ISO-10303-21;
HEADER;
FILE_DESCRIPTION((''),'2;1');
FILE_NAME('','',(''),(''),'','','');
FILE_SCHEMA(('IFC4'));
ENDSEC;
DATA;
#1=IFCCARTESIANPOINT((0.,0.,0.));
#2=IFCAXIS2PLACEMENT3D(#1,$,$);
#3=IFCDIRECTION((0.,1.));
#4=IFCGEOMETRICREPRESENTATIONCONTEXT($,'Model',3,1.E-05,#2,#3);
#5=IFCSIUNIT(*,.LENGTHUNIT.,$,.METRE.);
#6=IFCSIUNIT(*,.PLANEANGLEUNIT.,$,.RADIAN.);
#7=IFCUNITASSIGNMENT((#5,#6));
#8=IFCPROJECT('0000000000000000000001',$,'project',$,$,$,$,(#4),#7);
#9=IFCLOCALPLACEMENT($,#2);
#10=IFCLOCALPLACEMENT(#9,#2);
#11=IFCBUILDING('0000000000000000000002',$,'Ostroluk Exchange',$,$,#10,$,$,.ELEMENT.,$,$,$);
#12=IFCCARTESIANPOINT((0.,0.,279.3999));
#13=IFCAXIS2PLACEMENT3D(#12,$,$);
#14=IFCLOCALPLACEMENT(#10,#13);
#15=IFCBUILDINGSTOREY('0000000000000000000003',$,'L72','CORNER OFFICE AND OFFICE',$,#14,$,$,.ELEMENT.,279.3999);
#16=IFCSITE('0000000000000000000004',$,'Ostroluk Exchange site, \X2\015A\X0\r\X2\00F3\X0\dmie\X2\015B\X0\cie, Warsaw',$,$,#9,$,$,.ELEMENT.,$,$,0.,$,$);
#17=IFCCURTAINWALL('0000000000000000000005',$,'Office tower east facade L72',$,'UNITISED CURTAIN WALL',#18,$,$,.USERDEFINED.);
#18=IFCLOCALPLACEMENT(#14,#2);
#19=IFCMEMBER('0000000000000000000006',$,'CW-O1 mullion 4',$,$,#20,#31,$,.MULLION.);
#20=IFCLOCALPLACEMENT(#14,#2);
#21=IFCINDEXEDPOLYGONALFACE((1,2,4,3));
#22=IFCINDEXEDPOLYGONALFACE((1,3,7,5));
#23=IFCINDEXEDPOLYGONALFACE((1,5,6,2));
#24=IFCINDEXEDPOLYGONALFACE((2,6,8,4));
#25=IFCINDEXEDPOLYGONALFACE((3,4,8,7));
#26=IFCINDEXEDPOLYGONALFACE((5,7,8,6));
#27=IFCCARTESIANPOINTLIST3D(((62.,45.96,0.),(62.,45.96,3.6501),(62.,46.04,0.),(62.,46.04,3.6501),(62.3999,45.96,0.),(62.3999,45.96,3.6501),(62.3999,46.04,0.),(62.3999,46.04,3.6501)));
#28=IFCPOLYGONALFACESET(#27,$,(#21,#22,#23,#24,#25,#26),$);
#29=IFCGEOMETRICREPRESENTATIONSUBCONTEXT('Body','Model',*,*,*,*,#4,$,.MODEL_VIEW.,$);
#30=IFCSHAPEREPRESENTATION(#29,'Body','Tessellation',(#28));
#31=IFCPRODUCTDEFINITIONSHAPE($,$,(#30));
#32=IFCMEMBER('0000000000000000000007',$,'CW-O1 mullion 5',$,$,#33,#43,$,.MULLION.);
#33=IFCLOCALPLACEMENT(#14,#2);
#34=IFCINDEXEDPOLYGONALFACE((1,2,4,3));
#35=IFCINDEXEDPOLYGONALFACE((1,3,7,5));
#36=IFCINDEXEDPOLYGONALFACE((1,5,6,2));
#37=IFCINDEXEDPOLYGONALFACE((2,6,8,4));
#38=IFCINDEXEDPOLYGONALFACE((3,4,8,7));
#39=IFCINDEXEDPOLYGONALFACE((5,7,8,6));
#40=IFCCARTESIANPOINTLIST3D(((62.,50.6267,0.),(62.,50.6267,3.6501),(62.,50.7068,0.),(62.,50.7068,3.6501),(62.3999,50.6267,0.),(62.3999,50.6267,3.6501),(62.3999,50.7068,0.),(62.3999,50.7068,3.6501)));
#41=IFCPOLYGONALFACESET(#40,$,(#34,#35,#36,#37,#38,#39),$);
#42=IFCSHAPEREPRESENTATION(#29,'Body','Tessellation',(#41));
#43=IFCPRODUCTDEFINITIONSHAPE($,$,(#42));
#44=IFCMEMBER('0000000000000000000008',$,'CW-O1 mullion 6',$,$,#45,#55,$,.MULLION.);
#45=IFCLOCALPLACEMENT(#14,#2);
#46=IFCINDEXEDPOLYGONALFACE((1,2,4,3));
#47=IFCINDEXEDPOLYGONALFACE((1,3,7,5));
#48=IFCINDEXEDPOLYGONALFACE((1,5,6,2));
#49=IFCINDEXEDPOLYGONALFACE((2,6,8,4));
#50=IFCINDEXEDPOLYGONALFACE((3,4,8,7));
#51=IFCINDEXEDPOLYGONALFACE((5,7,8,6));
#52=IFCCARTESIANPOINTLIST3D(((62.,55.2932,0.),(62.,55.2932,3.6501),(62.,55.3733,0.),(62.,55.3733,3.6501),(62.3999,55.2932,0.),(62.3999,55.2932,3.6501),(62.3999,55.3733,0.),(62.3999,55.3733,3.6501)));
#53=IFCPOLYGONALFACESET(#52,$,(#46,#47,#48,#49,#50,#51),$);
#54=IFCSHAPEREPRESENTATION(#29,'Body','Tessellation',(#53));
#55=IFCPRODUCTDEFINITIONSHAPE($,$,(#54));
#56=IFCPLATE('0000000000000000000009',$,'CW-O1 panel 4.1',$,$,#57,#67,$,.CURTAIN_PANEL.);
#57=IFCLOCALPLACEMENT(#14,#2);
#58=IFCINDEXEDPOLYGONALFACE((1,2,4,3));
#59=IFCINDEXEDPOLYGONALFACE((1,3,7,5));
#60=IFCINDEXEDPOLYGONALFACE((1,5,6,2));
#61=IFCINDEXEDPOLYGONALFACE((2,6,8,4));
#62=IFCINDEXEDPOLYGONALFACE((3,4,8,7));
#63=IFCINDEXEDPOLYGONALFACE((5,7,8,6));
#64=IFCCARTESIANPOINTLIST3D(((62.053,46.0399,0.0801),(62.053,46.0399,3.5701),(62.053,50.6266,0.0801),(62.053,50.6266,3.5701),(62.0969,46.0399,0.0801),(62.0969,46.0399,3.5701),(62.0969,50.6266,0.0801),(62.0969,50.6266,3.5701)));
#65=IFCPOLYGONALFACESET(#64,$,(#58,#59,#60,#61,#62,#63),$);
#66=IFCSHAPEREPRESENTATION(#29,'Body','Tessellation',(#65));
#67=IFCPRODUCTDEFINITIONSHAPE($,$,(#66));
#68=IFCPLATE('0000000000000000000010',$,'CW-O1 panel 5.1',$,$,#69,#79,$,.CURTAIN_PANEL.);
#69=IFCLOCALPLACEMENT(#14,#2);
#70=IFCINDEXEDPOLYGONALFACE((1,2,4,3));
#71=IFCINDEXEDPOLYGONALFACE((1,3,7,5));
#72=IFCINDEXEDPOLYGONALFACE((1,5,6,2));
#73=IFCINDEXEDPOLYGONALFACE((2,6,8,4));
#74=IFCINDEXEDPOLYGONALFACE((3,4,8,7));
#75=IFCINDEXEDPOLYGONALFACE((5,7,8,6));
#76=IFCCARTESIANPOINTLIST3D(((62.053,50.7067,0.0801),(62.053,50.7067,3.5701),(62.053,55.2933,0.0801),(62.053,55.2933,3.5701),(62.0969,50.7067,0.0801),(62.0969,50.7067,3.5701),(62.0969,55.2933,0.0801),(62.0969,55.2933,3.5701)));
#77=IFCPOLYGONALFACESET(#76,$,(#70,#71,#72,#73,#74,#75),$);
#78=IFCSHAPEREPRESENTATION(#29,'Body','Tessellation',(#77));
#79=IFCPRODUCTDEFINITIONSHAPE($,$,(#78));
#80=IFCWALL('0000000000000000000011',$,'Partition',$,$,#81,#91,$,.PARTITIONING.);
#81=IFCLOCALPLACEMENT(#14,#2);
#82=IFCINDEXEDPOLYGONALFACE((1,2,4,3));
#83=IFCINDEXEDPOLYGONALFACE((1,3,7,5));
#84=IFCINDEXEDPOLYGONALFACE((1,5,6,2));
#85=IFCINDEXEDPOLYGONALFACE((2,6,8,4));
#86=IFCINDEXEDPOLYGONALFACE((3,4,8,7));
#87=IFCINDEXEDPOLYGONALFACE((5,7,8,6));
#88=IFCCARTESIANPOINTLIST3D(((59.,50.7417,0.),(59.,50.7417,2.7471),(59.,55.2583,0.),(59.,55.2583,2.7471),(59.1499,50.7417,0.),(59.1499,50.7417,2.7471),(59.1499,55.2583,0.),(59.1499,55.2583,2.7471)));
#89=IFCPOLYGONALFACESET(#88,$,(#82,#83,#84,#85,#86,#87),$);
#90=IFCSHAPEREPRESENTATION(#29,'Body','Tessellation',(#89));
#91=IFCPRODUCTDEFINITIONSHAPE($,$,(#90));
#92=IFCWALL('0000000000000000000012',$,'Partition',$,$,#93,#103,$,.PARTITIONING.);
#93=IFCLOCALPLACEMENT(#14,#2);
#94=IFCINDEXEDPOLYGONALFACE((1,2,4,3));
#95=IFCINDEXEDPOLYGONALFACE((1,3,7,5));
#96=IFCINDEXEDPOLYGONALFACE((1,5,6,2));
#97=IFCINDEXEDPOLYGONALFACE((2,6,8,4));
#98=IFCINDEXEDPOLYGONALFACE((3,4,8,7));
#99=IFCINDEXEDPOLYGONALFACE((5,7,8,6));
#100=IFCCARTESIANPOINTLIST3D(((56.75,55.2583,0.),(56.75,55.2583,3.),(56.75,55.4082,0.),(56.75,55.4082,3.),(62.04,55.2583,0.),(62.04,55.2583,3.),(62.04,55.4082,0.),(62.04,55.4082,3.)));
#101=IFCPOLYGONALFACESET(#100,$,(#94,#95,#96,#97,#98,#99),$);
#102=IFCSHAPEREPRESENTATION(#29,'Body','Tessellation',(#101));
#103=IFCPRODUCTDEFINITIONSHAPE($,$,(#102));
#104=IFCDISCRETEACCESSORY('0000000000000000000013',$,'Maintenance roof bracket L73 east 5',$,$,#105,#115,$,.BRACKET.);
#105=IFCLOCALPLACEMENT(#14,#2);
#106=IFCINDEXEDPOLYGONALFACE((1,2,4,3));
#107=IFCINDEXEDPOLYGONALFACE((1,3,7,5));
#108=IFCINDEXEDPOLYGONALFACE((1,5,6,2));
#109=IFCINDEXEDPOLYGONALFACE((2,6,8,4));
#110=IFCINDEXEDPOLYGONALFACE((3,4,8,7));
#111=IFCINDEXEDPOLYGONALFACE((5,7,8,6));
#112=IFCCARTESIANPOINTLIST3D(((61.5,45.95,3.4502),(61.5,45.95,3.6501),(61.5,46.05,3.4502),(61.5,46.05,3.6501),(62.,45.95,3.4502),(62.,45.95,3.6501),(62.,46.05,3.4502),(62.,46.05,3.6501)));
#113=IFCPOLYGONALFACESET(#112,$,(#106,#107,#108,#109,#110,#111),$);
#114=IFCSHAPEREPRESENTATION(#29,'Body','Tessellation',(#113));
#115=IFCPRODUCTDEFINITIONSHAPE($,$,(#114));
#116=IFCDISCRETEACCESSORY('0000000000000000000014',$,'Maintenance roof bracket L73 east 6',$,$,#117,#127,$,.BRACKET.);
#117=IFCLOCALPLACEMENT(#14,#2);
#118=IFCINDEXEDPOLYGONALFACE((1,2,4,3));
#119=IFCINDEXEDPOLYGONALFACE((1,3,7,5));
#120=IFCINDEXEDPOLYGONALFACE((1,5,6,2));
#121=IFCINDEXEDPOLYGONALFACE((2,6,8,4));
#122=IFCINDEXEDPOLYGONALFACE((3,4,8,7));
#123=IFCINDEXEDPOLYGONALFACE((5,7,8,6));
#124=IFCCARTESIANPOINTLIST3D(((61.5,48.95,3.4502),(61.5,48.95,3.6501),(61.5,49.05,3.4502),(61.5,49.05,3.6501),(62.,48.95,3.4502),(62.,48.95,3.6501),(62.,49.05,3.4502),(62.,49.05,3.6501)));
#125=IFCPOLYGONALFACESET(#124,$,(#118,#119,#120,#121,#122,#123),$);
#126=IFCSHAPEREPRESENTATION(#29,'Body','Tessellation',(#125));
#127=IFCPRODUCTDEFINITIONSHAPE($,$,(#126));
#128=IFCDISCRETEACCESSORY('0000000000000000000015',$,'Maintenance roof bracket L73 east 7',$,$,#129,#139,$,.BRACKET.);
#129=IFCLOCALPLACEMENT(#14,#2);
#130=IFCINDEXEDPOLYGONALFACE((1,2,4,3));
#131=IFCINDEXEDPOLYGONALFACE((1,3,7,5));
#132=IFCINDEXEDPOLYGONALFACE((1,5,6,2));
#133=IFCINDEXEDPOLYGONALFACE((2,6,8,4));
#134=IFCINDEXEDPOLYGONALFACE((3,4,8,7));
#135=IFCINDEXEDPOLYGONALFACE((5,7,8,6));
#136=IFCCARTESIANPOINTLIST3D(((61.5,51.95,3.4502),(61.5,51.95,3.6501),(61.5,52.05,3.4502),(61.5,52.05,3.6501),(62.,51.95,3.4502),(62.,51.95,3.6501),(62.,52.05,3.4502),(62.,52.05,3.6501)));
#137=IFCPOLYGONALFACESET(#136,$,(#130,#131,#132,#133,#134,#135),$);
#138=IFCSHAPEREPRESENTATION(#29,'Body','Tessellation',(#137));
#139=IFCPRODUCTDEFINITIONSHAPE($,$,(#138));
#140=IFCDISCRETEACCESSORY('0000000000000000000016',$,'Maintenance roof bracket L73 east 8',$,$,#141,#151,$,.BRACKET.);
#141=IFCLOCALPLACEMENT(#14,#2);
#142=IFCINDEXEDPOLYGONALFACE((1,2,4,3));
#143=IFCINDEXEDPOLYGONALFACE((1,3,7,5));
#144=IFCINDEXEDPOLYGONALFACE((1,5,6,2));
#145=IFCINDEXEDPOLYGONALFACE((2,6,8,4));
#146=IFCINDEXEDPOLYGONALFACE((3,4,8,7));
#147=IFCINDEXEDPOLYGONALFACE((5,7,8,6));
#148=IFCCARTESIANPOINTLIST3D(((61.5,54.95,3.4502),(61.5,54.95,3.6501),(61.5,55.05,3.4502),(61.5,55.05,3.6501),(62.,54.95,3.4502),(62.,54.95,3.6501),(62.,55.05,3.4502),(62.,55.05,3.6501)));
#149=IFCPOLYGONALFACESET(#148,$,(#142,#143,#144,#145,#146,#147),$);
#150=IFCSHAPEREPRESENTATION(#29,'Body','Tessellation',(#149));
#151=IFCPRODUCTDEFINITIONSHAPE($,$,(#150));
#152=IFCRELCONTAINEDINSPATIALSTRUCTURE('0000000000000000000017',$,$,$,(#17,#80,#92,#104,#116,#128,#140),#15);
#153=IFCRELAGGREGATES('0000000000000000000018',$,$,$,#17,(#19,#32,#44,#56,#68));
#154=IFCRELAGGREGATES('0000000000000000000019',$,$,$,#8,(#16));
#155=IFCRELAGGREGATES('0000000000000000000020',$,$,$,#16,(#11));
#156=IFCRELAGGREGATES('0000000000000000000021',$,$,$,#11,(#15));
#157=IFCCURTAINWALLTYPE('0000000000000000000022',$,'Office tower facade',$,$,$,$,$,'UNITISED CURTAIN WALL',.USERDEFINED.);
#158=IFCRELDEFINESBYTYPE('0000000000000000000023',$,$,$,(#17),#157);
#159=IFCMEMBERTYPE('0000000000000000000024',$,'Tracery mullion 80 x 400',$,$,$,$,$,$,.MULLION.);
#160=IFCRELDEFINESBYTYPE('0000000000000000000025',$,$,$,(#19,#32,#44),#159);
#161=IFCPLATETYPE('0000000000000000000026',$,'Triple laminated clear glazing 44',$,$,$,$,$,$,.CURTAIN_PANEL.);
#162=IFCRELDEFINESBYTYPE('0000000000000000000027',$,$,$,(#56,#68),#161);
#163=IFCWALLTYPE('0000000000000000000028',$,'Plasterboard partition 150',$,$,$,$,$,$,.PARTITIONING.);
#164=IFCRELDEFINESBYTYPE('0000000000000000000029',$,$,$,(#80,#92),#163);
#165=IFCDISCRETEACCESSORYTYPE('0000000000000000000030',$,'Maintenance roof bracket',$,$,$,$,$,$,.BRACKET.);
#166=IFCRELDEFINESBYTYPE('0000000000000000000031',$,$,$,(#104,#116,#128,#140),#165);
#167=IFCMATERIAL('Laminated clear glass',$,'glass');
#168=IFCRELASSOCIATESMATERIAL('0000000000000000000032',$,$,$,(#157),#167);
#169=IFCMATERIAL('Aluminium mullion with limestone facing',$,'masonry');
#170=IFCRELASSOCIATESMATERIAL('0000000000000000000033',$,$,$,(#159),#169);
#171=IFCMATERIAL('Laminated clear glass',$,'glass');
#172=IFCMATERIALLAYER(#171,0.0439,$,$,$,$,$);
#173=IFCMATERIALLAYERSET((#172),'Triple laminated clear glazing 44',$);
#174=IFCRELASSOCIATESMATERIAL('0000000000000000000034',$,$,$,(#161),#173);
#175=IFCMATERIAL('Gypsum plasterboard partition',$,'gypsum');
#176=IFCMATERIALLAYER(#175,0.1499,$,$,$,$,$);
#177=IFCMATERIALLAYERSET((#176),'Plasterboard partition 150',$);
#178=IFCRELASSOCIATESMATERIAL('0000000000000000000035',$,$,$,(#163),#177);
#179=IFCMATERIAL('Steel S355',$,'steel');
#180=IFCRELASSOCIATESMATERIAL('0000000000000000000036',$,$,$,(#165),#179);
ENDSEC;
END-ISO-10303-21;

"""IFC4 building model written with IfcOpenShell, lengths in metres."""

from ifc_helpers import new_model, si_unit, direction, frame, frame_2d, origin, origin_2d, place, context, subcontext, project, spatial, rectangle, extrude, material, layer, layer_set, material_profile, profile_set, type_object, element, aggregate, save


model = new_model("IFC4")

# Units and contexts
model_context = context("Model", 3, precision=1e-05, world=origin(), true_north=direction((0.0, 1.0)))
body_context = subcontext(model_context, "Body", "Model", "MODEL_VIEW")
ifc_project = project(units=[si_unit("LENGTHUNIT", "METRE"), si_unit("PLANEANGLEUNIT", "RADIAN")], contexts=[model_context])

# Site, building, storey
site_placement = place(None, origin())
site = spatial("IfcSite", under=ifc_project, at=site_placement, Name="Ostroluk Exchange site, Śródmieście, Warsaw", CompositionType="ELEMENT", RefElevation=0.0)
building_placement = place(site_placement, origin())
building = spatial("IfcBuilding", under=site, at=building_placement, Name="Ostroluk Exchange", CompositionType="ELEMENT")
storey_placement = place(building_placement, frame((0.0, 0.0, 279.3999)))
storey = spatial("IfcBuildingStorey", under=building, at=storey_placement, Name="L72", Description="CORNER OFFICE AND OFFICE", CompositionType="ELEMENT", Elevation=279.3999)

# Curtain wall, members, plates
ifc_material_1 = material(Name="Laminated clear glass", Category="glass")
curtain_wall_type = type_object("IfcCurtainWallType", Name="Office tower facade", ElementType="UNITISED CURTAIN WALL", PredefinedType="USERDEFINED", material=ifc_material_1)
curtain_wall_placement = place(storey_placement, origin())
curtain_wall = element("IfcCurtainWall", 1, at=curtain_wall_placement, inside=storey, type_object=curtain_wall_type, Name="Office tower east facade L72", ObjectType="UNITISED CURTAIN WALL", PredefinedType="USERDEFINED")
ifc_material_2 = material(Name="Aluminium mullion with limestone facing", Category="masonry")
ifc_material_profile_1 = material_profile(ifc_material_2, rectangle(XDim=0.3999, YDim=0.0801, at=origin_2d()), Name="Tracery mullion 80 x 400")
ifc_profile_set_1 = profile_set([ifc_material_profile_1], Name="Aluminium mullion with limestone facing")
member_type_1 = type_object("IfcMemberType", Name="Tracery mullion 80 x 400", PredefinedType="MULLION", material=ifc_profile_set_1)
member_1_placement = place(storey_placement, frame((62.2, 46.0, 0.0), z_axis=(0.0, 0.0, 1.0), x_axis=(-1.0, 0.0, 0.0)))
member_1 = element("IfcMember", 2, at=member_1_placement, type_object=member_type_1, Name="CW-O1 mullion 4", PredefinedType="MULLION", context=body_context, shape_type="SweptSolid", body=[
    extrude(rectangle(XDim=0.3999, YDim=0.0801, at=origin_2d()), origin(), (0.0, 0.0, 1.0), 3.6501),
])
member_2_placement = place(storey_placement, frame((62.2, 50.6667, 0.0), z_axis=(0.0, 0.0, 1.0), x_axis=(-1.0, 0.0, 0.0)))
member_2 = element("IfcMember", 3, at=member_2_placement, type_object=member_type_1, Name="CW-O1 mullion 5", PredefinedType="MULLION", context=body_context, shape_type="SweptSolid", body=[
    extrude(rectangle(XDim=0.3999, YDim=0.0801, at=origin_2d()), origin(), (0.0, 0.0, 1.0), 3.6501),
])
member_3_placement = place(storey_placement, frame((62.2, 55.3333, 0.0), z_axis=(0.0, 0.0, 1.0), x_axis=(-1.0, 0.0, 0.0)))
member_3 = element("IfcMember", 4, at=member_3_placement, type_object=member_type_1, Name="CW-O1 mullion 6", PredefinedType="MULLION", context=body_context, shape_type="SweptSolid", body=[
    extrude(rectangle(XDim=0.3999, YDim=0.0801, at=origin_2d()), origin(), (0.0, 0.0, 1.0), 3.6501),
])
ifc_material_3 = material(Name="Laminated clear glass", Category="glass")
ifc_layer_1 = layer(ifc_material_3, 0.0439)
ifc_layer_set_1 = layer_set([ifc_layer_1], Name="Triple laminated clear glazing 44")
plate_type = type_object("IfcPlateType", Name="Triple laminated clear glazing 44", PredefinedType="CURTAIN_PANEL", material=ifc_layer_set_1)
plate_1_placement = place(storey_placement, frame((62.075, 48.3333, 0.0801), z_axis=(0.0, 0.0, 1.0), x_axis=(0.0, 1.0, 0.0)))
plate_1 = element("IfcPlate", 5, at=plate_1_placement, type_object=plate_type, Name="CW-O1 panel 4.1", PredefinedType="CURTAIN_PANEL", context=body_context, shape_type="SweptSolid", body=[
    extrude(rectangle(XDim=4.5867, YDim=0.0439, at=origin_2d()), origin(), (0.0, 0.0, 1.0), 3.49),
])
plate_2_placement = place(storey_placement, frame((62.075, 53.0, 0.0801), z_axis=(0.0, 0.0, 1.0), x_axis=(0.0, 1.0, 0.0)))
plate_2 = element("IfcPlate", 6, at=plate_2_placement, type_object=plate_type, Name="CW-O1 panel 5.1", PredefinedType="CURTAIN_PANEL", context=body_context, shape_type="SweptSolid", body=[
    extrude(rectangle(XDim=4.5867, YDim=0.0439, at=origin_2d()), origin(), (0.0, 0.0, 1.0), 3.49),
])
aggregate(curtain_wall, [member_1, member_2, member_3, plate_1, plate_2])

# Walls
ifc_material_4 = material(Name="Gypsum plasterboard partition", Category="gypsum")
ifc_layer_2 = layer(ifc_material_4, 0.1499)
ifc_layer_set_2 = layer_set([ifc_layer_2], Name="Plasterboard partition 150")
wall_type = type_object("IfcWallType", Name="Plasterboard partition 150", PredefinedType="PARTITIONING", material=ifc_layer_set_2)
wall_1_placement = place(storey_placement, frame((59.075, 50.7417, 0.0), z_axis=(0.0, 0.0, 1.0), x_axis=(0.0, 1.0, 0.0)))
element("IfcWall", 7, at=wall_1_placement, inside=storey, type_object=wall_type, Name="Partition", PredefinedType="PARTITIONING", context=body_context, shape_type="SweptSolid", body=[
    extrude(rectangle(XDim=4.5166, YDim=0.1499, at=frame_2d((2.2583, 0.0))), origin(), (0.0, 0.0, 1.0), 2.7471),
])
wall_2_placement = place(storey_placement, frame((56.75, 55.3333, 0.0), z_axis=(0.0, 0.0, 1.0), x_axis=(1.0, 0.0, 0.0)))
element("IfcWall", 8, at=wall_2_placement, inside=storey, type_object=wall_type, Name="Partition", PredefinedType="PARTITIONING", context=body_context, shape_type="SweptSolid", body=[
    extrude(rectangle(XDim=5.29, YDim=0.1499, at=frame_2d((2.645, 0.0))), origin(), (0.0, 0.0, 1.0), 3.0),
])

# Discrete accessories
ifc_material_5 = material(Name="Steel S355", Category="steel")
discrete_accessory_type = type_object("IfcDiscreteAccessoryType", Name="Maintenance roof bracket", PredefinedType="BRACKET", material=ifc_material_5)
for number, where, z_axis, x_axis, name in (
    (9, (61.75, 46.0, 3.4502), (0.0, 0.0, 1.0), (1.0, 0.0, 0.0), "Maintenance roof bracket L73 east 5"),
    (10, (61.75, 49.0, 3.4502), (0.0, 0.0, 1.0), (1.0, 0.0, 0.0), "Maintenance roof bracket L73 east 6"),
    (11, (61.75, 52.0, 3.4502), (0.0, 0.0, 1.0), (1.0, 0.0, 0.0), "Maintenance roof bracket L73 east 7"),
    (12, (61.75, 55.0, 3.4502), (0.0, 0.0, 1.0), (1.0, 0.0, 0.0), "Maintenance roof bracket L73 east 8"),
):
    element("IfcDiscreteAccessory", number, at=place(storey_placement, frame(where, z_axis=z_axis, x_axis=x_axis)), inside=storey, type_object=discrete_accessory_type, Name=name, PredefinedType="BRACKET", context=body_context, shape_type="SweptSolid", body=[
        extrude(rectangle(XDim=0.5, YDim=0.1001, at=origin_2d()), origin(), (0.0, 0.0, 1.0), 0.2),
    ])

save(model, "model.ifc")
